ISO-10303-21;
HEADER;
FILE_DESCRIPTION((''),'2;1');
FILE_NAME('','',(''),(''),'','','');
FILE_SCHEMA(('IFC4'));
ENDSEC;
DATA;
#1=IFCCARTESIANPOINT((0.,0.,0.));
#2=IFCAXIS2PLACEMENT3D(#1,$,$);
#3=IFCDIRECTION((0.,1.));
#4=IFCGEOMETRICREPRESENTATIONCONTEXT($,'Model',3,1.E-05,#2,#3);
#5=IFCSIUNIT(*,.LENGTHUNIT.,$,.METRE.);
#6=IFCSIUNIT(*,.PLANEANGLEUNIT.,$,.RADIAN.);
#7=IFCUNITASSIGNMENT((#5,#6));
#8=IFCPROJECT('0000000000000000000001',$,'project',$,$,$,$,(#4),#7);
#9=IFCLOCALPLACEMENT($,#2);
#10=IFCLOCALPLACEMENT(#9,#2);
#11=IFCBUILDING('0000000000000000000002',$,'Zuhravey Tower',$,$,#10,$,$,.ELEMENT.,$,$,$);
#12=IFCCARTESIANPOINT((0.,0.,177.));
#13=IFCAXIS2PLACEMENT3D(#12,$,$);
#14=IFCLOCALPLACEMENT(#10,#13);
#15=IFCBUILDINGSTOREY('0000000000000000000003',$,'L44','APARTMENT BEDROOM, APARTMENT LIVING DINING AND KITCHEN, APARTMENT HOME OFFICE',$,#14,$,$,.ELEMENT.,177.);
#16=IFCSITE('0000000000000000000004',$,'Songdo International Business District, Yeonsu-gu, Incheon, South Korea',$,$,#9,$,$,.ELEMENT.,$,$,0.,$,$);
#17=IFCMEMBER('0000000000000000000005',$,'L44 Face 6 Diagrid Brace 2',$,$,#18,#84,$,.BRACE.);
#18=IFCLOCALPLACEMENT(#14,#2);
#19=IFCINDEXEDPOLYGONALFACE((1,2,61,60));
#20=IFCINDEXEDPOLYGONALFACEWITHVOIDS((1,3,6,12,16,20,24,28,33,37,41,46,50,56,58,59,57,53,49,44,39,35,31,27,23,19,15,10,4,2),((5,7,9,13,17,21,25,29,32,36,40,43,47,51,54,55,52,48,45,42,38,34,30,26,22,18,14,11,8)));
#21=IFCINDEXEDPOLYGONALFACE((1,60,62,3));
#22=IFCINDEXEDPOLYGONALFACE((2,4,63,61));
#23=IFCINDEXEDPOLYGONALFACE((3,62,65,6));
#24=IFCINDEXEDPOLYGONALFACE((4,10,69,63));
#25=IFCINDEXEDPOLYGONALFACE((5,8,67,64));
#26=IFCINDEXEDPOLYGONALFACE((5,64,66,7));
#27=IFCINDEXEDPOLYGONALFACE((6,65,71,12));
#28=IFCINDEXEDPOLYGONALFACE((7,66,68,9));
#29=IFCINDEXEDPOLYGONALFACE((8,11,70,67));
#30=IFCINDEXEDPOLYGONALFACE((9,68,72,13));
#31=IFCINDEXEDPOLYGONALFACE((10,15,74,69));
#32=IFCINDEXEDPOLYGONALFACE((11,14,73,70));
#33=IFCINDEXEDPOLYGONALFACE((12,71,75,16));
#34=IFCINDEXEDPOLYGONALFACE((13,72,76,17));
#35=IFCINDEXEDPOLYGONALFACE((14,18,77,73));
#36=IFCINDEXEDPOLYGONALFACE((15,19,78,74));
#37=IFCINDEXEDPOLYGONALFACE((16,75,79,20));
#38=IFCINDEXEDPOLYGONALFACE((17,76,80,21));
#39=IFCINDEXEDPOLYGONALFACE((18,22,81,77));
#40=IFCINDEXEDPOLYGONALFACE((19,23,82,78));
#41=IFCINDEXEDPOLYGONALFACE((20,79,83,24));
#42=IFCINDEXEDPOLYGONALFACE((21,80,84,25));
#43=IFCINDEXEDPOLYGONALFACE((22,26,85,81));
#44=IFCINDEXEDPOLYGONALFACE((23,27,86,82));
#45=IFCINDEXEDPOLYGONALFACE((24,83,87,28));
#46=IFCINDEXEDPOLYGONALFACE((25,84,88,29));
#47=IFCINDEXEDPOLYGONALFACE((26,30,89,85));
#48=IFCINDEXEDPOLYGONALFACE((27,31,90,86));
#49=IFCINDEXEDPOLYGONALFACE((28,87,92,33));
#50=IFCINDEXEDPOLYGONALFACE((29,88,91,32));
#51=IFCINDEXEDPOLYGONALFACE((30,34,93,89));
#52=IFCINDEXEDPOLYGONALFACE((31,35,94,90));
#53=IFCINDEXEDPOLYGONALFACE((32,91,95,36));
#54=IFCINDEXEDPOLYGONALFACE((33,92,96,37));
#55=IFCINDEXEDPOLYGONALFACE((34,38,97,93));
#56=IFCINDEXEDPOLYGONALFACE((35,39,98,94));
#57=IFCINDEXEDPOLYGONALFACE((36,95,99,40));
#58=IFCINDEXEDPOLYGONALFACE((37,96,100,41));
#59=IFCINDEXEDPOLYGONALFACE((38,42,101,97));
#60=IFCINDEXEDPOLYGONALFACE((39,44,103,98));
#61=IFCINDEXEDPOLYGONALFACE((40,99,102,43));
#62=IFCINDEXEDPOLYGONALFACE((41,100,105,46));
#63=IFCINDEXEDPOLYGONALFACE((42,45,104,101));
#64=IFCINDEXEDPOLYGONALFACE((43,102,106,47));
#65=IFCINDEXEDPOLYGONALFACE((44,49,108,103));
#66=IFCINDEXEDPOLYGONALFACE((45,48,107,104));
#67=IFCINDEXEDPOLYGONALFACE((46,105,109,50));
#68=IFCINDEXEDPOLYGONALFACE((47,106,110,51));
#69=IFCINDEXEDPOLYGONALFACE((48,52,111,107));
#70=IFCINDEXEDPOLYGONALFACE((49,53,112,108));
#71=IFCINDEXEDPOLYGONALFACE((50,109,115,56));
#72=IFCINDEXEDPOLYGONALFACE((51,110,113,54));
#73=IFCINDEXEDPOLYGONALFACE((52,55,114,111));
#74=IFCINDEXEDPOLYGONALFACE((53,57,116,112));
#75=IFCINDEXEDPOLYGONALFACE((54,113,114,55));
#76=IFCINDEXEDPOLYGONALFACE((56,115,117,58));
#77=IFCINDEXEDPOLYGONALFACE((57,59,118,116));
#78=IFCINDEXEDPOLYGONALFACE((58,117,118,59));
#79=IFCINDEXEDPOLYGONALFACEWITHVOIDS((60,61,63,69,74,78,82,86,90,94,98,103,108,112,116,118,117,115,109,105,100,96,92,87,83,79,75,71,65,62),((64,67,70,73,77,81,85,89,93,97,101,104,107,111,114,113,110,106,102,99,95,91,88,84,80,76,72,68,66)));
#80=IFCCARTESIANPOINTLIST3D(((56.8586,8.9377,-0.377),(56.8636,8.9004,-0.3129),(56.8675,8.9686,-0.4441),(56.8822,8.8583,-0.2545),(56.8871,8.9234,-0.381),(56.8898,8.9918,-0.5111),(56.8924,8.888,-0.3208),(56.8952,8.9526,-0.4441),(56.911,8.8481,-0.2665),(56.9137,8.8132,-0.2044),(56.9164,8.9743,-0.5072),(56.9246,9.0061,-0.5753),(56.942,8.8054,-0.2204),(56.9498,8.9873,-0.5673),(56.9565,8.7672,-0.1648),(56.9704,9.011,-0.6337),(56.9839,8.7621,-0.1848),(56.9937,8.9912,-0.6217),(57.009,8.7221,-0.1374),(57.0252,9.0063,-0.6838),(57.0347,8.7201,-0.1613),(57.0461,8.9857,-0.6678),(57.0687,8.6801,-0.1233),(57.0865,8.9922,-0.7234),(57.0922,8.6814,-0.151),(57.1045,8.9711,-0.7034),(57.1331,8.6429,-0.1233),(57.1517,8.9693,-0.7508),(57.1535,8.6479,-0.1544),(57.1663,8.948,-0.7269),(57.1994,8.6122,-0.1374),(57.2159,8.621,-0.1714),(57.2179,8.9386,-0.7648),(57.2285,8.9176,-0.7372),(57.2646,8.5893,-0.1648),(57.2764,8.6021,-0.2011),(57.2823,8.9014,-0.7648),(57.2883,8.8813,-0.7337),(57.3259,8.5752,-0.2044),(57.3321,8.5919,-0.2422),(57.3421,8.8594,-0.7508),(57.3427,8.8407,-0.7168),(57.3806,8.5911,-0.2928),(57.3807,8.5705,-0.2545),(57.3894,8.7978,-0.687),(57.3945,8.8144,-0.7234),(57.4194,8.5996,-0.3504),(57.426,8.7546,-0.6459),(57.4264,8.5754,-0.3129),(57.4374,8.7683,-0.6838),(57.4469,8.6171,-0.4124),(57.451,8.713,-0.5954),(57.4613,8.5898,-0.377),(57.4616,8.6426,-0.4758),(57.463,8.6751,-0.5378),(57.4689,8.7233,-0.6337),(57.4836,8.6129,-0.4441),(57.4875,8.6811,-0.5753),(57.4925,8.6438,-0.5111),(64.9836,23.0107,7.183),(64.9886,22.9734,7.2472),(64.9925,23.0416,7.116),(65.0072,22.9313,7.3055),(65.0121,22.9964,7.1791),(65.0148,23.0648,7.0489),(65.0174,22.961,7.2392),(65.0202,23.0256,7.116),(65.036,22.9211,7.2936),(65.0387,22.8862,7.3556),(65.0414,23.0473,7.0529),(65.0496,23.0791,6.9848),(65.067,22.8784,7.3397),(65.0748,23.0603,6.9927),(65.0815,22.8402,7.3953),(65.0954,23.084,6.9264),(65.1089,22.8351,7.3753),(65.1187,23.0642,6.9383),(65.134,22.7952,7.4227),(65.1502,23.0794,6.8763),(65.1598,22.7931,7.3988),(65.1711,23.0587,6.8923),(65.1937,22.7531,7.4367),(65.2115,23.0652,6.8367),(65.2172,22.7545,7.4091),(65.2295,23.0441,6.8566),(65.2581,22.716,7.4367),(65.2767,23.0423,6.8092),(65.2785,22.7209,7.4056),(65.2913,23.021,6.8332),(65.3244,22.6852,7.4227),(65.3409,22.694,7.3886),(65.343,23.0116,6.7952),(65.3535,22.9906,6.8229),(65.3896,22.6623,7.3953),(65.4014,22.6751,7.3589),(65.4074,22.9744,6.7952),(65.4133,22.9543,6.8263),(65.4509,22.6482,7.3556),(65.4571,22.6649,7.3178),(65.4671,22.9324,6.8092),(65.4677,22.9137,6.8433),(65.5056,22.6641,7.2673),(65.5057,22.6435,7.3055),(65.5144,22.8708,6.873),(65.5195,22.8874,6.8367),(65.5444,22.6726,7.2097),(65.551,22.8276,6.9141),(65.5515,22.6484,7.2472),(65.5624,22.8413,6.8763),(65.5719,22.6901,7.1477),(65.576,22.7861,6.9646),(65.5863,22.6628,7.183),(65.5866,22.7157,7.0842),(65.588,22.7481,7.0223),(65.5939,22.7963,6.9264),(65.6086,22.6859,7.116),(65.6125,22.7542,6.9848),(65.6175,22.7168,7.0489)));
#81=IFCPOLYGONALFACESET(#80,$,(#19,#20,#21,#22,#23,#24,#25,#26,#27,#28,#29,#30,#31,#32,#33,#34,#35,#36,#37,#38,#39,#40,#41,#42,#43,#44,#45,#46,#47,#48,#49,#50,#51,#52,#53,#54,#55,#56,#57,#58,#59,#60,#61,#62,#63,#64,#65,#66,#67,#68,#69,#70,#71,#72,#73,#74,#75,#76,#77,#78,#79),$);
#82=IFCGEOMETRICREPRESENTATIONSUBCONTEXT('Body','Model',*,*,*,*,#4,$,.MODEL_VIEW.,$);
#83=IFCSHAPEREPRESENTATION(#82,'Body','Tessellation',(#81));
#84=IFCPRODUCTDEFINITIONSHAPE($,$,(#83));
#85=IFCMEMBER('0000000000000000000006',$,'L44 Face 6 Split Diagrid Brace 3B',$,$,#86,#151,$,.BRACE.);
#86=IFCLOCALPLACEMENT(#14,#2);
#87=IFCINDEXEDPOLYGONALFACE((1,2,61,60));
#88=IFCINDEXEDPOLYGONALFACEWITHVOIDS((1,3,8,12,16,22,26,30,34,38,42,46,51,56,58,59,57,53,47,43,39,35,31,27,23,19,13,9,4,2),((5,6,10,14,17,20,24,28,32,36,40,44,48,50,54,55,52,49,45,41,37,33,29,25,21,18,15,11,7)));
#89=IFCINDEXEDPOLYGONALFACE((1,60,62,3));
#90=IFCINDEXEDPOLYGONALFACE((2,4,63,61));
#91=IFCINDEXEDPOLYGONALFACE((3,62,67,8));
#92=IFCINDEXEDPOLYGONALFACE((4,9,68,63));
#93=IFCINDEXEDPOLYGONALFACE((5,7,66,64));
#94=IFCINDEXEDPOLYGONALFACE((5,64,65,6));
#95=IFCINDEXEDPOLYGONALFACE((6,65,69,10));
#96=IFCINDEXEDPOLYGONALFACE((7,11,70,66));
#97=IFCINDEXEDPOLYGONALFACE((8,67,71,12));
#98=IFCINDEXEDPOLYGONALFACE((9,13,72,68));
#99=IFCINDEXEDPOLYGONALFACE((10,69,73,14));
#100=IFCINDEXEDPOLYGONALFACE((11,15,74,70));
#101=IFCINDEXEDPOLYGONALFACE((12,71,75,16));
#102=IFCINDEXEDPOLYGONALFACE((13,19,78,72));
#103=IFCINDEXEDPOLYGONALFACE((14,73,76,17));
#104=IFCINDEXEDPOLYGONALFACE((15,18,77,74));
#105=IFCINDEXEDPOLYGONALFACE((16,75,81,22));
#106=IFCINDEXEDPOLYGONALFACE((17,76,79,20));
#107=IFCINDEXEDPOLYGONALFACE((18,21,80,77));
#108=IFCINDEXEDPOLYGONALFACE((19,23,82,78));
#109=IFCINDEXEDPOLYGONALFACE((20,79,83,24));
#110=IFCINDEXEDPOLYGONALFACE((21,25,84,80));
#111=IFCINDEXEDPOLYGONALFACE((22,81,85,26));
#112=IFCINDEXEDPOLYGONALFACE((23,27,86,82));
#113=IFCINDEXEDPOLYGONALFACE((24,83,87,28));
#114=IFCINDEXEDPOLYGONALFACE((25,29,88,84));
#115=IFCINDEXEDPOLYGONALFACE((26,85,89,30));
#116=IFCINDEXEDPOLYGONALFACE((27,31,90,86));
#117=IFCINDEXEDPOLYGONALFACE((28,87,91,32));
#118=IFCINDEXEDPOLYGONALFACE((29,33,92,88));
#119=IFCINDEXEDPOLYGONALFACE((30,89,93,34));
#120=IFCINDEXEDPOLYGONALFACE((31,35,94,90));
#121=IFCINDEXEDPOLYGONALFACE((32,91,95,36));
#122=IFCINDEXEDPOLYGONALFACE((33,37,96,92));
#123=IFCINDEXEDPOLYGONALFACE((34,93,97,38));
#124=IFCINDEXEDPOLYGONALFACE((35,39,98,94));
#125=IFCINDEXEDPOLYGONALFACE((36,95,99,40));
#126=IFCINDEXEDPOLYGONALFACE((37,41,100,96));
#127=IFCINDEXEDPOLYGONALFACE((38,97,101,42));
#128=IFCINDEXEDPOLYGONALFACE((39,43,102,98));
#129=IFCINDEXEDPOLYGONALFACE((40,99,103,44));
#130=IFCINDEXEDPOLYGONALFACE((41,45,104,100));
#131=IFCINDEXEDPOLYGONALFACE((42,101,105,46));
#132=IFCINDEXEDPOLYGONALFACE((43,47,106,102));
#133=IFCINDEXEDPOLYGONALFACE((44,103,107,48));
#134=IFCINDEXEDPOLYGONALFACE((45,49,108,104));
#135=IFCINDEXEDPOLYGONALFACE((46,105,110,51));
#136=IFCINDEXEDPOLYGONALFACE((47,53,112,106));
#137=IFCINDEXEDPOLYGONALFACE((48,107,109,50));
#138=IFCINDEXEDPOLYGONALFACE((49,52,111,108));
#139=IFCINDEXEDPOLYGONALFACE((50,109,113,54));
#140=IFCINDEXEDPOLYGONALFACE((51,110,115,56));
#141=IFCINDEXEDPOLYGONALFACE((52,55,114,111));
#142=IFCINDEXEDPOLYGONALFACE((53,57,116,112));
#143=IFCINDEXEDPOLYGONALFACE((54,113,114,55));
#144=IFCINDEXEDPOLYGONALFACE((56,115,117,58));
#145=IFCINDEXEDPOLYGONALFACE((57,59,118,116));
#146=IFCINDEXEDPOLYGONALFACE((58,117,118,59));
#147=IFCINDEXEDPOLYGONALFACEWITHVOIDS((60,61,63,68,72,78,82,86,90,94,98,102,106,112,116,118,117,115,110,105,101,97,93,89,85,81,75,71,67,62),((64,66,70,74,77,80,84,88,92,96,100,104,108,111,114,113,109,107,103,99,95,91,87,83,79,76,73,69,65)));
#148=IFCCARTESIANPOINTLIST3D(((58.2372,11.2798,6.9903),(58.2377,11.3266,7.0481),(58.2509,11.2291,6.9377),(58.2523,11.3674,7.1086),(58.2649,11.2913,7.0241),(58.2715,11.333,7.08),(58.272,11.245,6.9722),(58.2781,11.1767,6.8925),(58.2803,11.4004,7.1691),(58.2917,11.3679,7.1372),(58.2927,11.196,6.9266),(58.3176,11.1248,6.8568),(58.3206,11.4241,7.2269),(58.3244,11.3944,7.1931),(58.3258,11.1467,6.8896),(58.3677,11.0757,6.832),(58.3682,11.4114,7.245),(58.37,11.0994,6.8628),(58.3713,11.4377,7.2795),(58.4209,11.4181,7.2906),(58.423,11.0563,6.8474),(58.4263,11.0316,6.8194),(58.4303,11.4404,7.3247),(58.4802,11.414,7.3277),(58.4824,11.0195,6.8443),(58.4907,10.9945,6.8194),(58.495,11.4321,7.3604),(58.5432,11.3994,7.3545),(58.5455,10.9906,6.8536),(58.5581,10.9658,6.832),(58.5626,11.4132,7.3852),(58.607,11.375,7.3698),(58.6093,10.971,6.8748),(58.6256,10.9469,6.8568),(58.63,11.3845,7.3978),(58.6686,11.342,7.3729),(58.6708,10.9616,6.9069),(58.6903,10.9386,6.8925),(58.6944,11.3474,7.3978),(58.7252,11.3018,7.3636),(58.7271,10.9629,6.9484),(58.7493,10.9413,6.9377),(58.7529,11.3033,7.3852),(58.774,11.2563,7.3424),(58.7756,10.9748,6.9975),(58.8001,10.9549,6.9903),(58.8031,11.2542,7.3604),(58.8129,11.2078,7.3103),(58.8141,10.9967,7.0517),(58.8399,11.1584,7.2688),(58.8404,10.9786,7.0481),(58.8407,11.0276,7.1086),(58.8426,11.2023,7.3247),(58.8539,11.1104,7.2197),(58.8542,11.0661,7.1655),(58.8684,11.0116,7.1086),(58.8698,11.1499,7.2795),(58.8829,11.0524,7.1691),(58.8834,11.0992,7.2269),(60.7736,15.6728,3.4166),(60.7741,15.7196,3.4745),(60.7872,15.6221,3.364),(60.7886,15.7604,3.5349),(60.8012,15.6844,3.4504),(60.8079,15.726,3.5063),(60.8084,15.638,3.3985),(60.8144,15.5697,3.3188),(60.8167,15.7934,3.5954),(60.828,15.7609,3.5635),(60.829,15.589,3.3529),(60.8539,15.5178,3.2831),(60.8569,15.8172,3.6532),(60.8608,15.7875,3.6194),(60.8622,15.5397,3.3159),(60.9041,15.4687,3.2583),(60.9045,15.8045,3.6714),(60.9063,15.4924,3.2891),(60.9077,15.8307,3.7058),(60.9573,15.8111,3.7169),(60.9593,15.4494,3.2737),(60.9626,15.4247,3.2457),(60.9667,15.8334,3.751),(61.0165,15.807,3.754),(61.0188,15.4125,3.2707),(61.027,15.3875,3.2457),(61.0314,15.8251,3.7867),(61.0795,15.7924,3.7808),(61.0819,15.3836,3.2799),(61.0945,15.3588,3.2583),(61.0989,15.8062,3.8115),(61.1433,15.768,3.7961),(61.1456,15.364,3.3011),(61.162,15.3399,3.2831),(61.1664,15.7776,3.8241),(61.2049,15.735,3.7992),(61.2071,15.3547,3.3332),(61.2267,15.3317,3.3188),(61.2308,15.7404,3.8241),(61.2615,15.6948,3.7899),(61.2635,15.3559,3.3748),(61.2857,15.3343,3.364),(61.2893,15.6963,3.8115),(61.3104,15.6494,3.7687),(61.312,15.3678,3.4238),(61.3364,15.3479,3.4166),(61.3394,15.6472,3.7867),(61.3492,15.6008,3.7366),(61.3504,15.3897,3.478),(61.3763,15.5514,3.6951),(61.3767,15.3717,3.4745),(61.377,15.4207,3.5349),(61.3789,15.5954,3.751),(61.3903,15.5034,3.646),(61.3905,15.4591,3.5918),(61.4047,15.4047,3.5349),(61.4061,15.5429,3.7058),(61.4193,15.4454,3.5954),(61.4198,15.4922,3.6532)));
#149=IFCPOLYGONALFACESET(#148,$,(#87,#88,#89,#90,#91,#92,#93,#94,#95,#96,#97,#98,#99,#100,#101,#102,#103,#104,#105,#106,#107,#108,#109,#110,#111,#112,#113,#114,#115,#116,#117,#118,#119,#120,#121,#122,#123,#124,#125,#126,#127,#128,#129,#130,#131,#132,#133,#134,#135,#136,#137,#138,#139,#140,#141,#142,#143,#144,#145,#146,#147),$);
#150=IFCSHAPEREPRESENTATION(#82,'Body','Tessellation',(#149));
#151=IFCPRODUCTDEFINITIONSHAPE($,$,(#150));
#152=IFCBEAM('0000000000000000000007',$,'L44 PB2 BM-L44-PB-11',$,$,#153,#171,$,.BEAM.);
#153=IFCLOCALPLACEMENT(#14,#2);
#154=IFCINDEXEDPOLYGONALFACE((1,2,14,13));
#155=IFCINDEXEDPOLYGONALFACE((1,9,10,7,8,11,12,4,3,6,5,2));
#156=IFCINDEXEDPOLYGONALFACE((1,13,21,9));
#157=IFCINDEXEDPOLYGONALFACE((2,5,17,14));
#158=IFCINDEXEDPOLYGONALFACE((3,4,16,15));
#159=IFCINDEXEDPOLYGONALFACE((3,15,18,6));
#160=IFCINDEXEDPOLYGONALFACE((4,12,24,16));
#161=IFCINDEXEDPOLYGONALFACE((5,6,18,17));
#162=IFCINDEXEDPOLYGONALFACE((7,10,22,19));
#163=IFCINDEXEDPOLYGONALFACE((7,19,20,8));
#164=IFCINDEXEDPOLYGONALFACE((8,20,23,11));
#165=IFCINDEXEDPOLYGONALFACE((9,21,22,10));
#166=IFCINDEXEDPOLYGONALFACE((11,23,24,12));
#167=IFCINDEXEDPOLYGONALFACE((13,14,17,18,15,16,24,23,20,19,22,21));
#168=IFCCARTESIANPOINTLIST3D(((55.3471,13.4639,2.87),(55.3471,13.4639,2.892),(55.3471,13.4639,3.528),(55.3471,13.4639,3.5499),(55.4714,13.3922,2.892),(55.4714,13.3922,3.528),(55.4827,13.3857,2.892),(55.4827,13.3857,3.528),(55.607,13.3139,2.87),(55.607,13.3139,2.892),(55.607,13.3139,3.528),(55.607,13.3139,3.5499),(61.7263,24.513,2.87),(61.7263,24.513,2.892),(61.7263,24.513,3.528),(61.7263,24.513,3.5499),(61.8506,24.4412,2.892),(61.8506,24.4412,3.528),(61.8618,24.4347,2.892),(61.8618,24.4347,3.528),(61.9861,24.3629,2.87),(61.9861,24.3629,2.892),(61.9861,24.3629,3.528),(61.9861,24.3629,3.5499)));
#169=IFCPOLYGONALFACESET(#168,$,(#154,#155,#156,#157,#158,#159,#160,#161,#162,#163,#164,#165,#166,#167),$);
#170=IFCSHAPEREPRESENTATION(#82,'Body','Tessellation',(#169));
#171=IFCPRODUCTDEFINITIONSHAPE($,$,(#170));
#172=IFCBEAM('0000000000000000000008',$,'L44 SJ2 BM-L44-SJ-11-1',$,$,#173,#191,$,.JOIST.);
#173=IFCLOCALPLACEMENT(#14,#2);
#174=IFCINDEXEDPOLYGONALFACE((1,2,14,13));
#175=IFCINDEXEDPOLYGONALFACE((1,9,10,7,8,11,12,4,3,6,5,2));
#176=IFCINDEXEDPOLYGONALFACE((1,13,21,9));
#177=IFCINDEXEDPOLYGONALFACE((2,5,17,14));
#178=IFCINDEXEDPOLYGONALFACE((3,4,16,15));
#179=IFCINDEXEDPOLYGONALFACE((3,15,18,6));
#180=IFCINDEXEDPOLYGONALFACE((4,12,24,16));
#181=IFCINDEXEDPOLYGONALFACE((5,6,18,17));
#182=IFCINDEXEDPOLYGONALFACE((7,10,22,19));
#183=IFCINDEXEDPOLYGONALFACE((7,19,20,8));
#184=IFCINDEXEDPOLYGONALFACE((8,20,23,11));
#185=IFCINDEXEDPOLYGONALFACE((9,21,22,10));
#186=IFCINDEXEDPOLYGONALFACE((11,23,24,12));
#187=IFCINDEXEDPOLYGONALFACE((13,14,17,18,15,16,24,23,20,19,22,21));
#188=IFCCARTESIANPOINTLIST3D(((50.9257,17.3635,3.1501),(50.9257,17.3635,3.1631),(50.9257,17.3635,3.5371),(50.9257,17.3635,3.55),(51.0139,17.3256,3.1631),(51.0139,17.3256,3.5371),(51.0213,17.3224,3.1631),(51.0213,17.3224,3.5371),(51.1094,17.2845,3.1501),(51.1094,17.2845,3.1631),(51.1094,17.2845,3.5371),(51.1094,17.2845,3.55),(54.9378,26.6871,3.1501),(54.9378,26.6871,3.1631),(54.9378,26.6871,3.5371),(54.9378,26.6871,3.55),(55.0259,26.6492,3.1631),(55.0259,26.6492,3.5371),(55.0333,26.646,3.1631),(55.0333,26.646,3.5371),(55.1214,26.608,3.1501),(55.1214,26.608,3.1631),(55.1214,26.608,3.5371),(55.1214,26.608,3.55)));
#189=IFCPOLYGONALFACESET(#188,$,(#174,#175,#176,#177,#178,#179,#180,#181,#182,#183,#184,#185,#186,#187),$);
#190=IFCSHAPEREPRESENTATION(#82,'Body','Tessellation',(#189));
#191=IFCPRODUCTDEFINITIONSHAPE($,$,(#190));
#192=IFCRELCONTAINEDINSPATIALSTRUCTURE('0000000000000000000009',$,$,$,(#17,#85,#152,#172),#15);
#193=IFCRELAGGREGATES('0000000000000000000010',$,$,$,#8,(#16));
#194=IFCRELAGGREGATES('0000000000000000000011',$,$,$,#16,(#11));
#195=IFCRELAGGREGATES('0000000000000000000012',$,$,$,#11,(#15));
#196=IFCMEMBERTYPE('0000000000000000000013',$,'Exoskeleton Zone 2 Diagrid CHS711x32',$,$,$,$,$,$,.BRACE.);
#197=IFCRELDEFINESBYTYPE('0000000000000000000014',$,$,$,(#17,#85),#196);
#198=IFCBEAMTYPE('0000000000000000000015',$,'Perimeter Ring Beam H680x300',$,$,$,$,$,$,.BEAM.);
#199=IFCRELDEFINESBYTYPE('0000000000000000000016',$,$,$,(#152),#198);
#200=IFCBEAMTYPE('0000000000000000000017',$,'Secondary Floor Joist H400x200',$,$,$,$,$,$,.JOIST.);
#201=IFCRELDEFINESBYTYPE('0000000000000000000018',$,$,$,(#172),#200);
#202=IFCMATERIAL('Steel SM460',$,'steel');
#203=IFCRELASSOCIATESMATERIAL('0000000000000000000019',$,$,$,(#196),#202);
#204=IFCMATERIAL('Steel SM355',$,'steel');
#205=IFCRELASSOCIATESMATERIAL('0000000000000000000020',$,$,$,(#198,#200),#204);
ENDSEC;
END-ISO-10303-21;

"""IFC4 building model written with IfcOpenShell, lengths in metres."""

from ifc_helpers import new_model, si_unit, direction, frame, origin, origin_2d, place, context, subcontext, project, spatial, hollow_circle, i_section, extrude, material, material_profile, profile_set, type_object, element, save


model = new_model("IFC4")

# Units and contexts
model_context = context("Model", 3, precision=1e-05, world=origin(), true_north=direction((0.0, 1.0)))
body_context = subcontext(model_context, "Body", "Model", "MODEL_VIEW")
ifc_project = project(units=[si_unit("LENGTHUNIT", "METRE"), si_unit("PLANEANGLEUNIT", "RADIAN")], contexts=[model_context])

# Site, building, storey
site_placement = place(None, origin())
site = spatial("IfcSite", under=ifc_project, at=site_placement, Name="Songdo International Business District, Yeonsu-gu, Incheon, South Korea", CompositionType="ELEMENT", RefElevation=0.0)
building_placement = place(site_placement, origin())
building = spatial("IfcBuilding", under=site, at=building_placement, Name="Zuhravey Tower", CompositionType="ELEMENT")
storey_placement = place(building_placement, frame((0.0, 0.0, 177.0)))
storey = spatial("IfcBuildingStorey", under=building, at=storey_placement, Name="L44", Description="APARTMENT BEDROOM, APARTMENT LIVING DINING AND KITCHEN, APARTMENT HOME OFFICE", CompositionType="ELEMENT", Elevation=177.0)

# Members
ifc_material_1 = material(Name="Steel SM355", Category="steel")
ifc_material_2 = material(Name="Steel SM460", Category="steel")
ifc_material_profile_1 = material_profile(ifc_material_2, hollow_circle(Radius=0.3557, WallThickness=0.032, at=origin_2d()), Name="CHS-711.2x32")
ifc_profile_set_1 = profile_set([ifc_material_profile_1], Name="Steel SM460")
member_type_1 = type_object("IfcMemberType", Name="Exoskeleton Zone 2 Diagrid CHS711x32", PredefinedType="BRACE", material=ifc_profile_set_1)
member_1_placement = place(storey_placement, frame((57.1755, 8.7908, -0.4441), z_axis=(0.453338, 0.78521, 0.421817), x_axis=(-0.866027, 0.499998, 0.0)))
element("IfcMember", 1, at=member_1_placement, inside=storey, type_object=member_type_1, Name="L44 Face 6 Diagrid Brace 2", PredefinedType="BRACE", context=body_context, shape_type="SweptSolid", body=[
    extrude(hollow_circle(Radius=0.3557, WallThickness=0.032, at=origin_2d()), origin(), (0.0, 0.0, 1.0), 17.9226),
])
member_2_placement = place(storey_placement, frame((61.0967, 15.5825, 3.5349), z_axis=(-0.408754, -0.707972, 0.57593), x_axis=(0.866022, -0.500006, 0.0)))
element("IfcMember", 2, at=member_2_placement, inside=storey, type_object=member_type_1, Name="L44 Face 6 Split Diagrid Brace 3B", PredefinedType="BRACE", context=body_context, shape_type="SweptSolid", body=[
    extrude(hollow_circle(Radius=0.3557, WallThickness=0.032, at=origin_2d()), origin(), (0.0, 0.0, 1.0), 6.2051),
])

# Beams
ifc_material_profile_2 = material_profile(ifc_material_1, i_section(OverallWidth=0.3, OverallDepth=0.6799, WebThickness=0.0129, FlangeThickness=0.022, at=origin_2d()), Name="H-680x300x13x22")
ifc_profile_set_2 = profile_set([ifc_material_profile_2], Name="Steel SM355")
beam_type_1 = type_object("IfcBeamType", Name="Perimeter Ring Beam H680x300", PredefinedType="BEAM", material=ifc_profile_set_2)
beam_1_placement = place(storey_placement, frame((55.4771, 13.3889, 3.21), z_axis=(0.499998, 0.866027, 0.0), x_axis=(-0.866027, 0.499998, 0.0)))
element("IfcBeam", 3, at=beam_1_placement, inside=storey, type_object=beam_type_1, Name="L44 PB2 BM-L44-PB-11", PredefinedType="BEAM", context=body_context, shape_type="SweptSolid", body=[
    extrude(i_section(OverallWidth=0.3, OverallDepth=0.6799, WebThickness=0.0129, FlangeThickness=0.022, at=origin_2d()), origin(), (0.0, 0.0, 1.0), 12.7583),
])
ifc_material_profile_3 = material_profile(ifc_material_1, i_section(OverallWidth=0.2, OverallDepth=0.3999, WebThickness=0.0081, FlangeThickness=0.0129, at=origin_2d()), Name="H-400x200x8x13")
ifc_profile_set_3 = profile_set([ifc_material_profile_3], Name="Steel SM355")
beam_type_2 = type_object("IfcBeamType", Name="Secondary Floor Joist H400x200", PredefinedType="JOIST", material=ifc_profile_set_3)
beam_2_placement = place(storey_placement, frame((51.0176, 17.324, 3.3501), z_axis=(0.395266, 0.918567, 0.0), x_axis=(-0.918567, 0.395266, 0.0)))
element("IfcBeam", 4, at=beam_2_placement, inside=storey, type_object=beam_type_2, Name="L44 SJ2 BM-L44-SJ-11-1", PredefinedType="JOIST", context=body_context, shape_type="SweptSolid", body=[
    extrude(i_section(OverallWidth=0.2, OverallDepth=0.3999, WebThickness=0.0081, FlangeThickness=0.0129, at=origin_2d()), origin(), (0.0, 0.0, 1.0), 10.1501),
])

save(model, "model.ifc")
